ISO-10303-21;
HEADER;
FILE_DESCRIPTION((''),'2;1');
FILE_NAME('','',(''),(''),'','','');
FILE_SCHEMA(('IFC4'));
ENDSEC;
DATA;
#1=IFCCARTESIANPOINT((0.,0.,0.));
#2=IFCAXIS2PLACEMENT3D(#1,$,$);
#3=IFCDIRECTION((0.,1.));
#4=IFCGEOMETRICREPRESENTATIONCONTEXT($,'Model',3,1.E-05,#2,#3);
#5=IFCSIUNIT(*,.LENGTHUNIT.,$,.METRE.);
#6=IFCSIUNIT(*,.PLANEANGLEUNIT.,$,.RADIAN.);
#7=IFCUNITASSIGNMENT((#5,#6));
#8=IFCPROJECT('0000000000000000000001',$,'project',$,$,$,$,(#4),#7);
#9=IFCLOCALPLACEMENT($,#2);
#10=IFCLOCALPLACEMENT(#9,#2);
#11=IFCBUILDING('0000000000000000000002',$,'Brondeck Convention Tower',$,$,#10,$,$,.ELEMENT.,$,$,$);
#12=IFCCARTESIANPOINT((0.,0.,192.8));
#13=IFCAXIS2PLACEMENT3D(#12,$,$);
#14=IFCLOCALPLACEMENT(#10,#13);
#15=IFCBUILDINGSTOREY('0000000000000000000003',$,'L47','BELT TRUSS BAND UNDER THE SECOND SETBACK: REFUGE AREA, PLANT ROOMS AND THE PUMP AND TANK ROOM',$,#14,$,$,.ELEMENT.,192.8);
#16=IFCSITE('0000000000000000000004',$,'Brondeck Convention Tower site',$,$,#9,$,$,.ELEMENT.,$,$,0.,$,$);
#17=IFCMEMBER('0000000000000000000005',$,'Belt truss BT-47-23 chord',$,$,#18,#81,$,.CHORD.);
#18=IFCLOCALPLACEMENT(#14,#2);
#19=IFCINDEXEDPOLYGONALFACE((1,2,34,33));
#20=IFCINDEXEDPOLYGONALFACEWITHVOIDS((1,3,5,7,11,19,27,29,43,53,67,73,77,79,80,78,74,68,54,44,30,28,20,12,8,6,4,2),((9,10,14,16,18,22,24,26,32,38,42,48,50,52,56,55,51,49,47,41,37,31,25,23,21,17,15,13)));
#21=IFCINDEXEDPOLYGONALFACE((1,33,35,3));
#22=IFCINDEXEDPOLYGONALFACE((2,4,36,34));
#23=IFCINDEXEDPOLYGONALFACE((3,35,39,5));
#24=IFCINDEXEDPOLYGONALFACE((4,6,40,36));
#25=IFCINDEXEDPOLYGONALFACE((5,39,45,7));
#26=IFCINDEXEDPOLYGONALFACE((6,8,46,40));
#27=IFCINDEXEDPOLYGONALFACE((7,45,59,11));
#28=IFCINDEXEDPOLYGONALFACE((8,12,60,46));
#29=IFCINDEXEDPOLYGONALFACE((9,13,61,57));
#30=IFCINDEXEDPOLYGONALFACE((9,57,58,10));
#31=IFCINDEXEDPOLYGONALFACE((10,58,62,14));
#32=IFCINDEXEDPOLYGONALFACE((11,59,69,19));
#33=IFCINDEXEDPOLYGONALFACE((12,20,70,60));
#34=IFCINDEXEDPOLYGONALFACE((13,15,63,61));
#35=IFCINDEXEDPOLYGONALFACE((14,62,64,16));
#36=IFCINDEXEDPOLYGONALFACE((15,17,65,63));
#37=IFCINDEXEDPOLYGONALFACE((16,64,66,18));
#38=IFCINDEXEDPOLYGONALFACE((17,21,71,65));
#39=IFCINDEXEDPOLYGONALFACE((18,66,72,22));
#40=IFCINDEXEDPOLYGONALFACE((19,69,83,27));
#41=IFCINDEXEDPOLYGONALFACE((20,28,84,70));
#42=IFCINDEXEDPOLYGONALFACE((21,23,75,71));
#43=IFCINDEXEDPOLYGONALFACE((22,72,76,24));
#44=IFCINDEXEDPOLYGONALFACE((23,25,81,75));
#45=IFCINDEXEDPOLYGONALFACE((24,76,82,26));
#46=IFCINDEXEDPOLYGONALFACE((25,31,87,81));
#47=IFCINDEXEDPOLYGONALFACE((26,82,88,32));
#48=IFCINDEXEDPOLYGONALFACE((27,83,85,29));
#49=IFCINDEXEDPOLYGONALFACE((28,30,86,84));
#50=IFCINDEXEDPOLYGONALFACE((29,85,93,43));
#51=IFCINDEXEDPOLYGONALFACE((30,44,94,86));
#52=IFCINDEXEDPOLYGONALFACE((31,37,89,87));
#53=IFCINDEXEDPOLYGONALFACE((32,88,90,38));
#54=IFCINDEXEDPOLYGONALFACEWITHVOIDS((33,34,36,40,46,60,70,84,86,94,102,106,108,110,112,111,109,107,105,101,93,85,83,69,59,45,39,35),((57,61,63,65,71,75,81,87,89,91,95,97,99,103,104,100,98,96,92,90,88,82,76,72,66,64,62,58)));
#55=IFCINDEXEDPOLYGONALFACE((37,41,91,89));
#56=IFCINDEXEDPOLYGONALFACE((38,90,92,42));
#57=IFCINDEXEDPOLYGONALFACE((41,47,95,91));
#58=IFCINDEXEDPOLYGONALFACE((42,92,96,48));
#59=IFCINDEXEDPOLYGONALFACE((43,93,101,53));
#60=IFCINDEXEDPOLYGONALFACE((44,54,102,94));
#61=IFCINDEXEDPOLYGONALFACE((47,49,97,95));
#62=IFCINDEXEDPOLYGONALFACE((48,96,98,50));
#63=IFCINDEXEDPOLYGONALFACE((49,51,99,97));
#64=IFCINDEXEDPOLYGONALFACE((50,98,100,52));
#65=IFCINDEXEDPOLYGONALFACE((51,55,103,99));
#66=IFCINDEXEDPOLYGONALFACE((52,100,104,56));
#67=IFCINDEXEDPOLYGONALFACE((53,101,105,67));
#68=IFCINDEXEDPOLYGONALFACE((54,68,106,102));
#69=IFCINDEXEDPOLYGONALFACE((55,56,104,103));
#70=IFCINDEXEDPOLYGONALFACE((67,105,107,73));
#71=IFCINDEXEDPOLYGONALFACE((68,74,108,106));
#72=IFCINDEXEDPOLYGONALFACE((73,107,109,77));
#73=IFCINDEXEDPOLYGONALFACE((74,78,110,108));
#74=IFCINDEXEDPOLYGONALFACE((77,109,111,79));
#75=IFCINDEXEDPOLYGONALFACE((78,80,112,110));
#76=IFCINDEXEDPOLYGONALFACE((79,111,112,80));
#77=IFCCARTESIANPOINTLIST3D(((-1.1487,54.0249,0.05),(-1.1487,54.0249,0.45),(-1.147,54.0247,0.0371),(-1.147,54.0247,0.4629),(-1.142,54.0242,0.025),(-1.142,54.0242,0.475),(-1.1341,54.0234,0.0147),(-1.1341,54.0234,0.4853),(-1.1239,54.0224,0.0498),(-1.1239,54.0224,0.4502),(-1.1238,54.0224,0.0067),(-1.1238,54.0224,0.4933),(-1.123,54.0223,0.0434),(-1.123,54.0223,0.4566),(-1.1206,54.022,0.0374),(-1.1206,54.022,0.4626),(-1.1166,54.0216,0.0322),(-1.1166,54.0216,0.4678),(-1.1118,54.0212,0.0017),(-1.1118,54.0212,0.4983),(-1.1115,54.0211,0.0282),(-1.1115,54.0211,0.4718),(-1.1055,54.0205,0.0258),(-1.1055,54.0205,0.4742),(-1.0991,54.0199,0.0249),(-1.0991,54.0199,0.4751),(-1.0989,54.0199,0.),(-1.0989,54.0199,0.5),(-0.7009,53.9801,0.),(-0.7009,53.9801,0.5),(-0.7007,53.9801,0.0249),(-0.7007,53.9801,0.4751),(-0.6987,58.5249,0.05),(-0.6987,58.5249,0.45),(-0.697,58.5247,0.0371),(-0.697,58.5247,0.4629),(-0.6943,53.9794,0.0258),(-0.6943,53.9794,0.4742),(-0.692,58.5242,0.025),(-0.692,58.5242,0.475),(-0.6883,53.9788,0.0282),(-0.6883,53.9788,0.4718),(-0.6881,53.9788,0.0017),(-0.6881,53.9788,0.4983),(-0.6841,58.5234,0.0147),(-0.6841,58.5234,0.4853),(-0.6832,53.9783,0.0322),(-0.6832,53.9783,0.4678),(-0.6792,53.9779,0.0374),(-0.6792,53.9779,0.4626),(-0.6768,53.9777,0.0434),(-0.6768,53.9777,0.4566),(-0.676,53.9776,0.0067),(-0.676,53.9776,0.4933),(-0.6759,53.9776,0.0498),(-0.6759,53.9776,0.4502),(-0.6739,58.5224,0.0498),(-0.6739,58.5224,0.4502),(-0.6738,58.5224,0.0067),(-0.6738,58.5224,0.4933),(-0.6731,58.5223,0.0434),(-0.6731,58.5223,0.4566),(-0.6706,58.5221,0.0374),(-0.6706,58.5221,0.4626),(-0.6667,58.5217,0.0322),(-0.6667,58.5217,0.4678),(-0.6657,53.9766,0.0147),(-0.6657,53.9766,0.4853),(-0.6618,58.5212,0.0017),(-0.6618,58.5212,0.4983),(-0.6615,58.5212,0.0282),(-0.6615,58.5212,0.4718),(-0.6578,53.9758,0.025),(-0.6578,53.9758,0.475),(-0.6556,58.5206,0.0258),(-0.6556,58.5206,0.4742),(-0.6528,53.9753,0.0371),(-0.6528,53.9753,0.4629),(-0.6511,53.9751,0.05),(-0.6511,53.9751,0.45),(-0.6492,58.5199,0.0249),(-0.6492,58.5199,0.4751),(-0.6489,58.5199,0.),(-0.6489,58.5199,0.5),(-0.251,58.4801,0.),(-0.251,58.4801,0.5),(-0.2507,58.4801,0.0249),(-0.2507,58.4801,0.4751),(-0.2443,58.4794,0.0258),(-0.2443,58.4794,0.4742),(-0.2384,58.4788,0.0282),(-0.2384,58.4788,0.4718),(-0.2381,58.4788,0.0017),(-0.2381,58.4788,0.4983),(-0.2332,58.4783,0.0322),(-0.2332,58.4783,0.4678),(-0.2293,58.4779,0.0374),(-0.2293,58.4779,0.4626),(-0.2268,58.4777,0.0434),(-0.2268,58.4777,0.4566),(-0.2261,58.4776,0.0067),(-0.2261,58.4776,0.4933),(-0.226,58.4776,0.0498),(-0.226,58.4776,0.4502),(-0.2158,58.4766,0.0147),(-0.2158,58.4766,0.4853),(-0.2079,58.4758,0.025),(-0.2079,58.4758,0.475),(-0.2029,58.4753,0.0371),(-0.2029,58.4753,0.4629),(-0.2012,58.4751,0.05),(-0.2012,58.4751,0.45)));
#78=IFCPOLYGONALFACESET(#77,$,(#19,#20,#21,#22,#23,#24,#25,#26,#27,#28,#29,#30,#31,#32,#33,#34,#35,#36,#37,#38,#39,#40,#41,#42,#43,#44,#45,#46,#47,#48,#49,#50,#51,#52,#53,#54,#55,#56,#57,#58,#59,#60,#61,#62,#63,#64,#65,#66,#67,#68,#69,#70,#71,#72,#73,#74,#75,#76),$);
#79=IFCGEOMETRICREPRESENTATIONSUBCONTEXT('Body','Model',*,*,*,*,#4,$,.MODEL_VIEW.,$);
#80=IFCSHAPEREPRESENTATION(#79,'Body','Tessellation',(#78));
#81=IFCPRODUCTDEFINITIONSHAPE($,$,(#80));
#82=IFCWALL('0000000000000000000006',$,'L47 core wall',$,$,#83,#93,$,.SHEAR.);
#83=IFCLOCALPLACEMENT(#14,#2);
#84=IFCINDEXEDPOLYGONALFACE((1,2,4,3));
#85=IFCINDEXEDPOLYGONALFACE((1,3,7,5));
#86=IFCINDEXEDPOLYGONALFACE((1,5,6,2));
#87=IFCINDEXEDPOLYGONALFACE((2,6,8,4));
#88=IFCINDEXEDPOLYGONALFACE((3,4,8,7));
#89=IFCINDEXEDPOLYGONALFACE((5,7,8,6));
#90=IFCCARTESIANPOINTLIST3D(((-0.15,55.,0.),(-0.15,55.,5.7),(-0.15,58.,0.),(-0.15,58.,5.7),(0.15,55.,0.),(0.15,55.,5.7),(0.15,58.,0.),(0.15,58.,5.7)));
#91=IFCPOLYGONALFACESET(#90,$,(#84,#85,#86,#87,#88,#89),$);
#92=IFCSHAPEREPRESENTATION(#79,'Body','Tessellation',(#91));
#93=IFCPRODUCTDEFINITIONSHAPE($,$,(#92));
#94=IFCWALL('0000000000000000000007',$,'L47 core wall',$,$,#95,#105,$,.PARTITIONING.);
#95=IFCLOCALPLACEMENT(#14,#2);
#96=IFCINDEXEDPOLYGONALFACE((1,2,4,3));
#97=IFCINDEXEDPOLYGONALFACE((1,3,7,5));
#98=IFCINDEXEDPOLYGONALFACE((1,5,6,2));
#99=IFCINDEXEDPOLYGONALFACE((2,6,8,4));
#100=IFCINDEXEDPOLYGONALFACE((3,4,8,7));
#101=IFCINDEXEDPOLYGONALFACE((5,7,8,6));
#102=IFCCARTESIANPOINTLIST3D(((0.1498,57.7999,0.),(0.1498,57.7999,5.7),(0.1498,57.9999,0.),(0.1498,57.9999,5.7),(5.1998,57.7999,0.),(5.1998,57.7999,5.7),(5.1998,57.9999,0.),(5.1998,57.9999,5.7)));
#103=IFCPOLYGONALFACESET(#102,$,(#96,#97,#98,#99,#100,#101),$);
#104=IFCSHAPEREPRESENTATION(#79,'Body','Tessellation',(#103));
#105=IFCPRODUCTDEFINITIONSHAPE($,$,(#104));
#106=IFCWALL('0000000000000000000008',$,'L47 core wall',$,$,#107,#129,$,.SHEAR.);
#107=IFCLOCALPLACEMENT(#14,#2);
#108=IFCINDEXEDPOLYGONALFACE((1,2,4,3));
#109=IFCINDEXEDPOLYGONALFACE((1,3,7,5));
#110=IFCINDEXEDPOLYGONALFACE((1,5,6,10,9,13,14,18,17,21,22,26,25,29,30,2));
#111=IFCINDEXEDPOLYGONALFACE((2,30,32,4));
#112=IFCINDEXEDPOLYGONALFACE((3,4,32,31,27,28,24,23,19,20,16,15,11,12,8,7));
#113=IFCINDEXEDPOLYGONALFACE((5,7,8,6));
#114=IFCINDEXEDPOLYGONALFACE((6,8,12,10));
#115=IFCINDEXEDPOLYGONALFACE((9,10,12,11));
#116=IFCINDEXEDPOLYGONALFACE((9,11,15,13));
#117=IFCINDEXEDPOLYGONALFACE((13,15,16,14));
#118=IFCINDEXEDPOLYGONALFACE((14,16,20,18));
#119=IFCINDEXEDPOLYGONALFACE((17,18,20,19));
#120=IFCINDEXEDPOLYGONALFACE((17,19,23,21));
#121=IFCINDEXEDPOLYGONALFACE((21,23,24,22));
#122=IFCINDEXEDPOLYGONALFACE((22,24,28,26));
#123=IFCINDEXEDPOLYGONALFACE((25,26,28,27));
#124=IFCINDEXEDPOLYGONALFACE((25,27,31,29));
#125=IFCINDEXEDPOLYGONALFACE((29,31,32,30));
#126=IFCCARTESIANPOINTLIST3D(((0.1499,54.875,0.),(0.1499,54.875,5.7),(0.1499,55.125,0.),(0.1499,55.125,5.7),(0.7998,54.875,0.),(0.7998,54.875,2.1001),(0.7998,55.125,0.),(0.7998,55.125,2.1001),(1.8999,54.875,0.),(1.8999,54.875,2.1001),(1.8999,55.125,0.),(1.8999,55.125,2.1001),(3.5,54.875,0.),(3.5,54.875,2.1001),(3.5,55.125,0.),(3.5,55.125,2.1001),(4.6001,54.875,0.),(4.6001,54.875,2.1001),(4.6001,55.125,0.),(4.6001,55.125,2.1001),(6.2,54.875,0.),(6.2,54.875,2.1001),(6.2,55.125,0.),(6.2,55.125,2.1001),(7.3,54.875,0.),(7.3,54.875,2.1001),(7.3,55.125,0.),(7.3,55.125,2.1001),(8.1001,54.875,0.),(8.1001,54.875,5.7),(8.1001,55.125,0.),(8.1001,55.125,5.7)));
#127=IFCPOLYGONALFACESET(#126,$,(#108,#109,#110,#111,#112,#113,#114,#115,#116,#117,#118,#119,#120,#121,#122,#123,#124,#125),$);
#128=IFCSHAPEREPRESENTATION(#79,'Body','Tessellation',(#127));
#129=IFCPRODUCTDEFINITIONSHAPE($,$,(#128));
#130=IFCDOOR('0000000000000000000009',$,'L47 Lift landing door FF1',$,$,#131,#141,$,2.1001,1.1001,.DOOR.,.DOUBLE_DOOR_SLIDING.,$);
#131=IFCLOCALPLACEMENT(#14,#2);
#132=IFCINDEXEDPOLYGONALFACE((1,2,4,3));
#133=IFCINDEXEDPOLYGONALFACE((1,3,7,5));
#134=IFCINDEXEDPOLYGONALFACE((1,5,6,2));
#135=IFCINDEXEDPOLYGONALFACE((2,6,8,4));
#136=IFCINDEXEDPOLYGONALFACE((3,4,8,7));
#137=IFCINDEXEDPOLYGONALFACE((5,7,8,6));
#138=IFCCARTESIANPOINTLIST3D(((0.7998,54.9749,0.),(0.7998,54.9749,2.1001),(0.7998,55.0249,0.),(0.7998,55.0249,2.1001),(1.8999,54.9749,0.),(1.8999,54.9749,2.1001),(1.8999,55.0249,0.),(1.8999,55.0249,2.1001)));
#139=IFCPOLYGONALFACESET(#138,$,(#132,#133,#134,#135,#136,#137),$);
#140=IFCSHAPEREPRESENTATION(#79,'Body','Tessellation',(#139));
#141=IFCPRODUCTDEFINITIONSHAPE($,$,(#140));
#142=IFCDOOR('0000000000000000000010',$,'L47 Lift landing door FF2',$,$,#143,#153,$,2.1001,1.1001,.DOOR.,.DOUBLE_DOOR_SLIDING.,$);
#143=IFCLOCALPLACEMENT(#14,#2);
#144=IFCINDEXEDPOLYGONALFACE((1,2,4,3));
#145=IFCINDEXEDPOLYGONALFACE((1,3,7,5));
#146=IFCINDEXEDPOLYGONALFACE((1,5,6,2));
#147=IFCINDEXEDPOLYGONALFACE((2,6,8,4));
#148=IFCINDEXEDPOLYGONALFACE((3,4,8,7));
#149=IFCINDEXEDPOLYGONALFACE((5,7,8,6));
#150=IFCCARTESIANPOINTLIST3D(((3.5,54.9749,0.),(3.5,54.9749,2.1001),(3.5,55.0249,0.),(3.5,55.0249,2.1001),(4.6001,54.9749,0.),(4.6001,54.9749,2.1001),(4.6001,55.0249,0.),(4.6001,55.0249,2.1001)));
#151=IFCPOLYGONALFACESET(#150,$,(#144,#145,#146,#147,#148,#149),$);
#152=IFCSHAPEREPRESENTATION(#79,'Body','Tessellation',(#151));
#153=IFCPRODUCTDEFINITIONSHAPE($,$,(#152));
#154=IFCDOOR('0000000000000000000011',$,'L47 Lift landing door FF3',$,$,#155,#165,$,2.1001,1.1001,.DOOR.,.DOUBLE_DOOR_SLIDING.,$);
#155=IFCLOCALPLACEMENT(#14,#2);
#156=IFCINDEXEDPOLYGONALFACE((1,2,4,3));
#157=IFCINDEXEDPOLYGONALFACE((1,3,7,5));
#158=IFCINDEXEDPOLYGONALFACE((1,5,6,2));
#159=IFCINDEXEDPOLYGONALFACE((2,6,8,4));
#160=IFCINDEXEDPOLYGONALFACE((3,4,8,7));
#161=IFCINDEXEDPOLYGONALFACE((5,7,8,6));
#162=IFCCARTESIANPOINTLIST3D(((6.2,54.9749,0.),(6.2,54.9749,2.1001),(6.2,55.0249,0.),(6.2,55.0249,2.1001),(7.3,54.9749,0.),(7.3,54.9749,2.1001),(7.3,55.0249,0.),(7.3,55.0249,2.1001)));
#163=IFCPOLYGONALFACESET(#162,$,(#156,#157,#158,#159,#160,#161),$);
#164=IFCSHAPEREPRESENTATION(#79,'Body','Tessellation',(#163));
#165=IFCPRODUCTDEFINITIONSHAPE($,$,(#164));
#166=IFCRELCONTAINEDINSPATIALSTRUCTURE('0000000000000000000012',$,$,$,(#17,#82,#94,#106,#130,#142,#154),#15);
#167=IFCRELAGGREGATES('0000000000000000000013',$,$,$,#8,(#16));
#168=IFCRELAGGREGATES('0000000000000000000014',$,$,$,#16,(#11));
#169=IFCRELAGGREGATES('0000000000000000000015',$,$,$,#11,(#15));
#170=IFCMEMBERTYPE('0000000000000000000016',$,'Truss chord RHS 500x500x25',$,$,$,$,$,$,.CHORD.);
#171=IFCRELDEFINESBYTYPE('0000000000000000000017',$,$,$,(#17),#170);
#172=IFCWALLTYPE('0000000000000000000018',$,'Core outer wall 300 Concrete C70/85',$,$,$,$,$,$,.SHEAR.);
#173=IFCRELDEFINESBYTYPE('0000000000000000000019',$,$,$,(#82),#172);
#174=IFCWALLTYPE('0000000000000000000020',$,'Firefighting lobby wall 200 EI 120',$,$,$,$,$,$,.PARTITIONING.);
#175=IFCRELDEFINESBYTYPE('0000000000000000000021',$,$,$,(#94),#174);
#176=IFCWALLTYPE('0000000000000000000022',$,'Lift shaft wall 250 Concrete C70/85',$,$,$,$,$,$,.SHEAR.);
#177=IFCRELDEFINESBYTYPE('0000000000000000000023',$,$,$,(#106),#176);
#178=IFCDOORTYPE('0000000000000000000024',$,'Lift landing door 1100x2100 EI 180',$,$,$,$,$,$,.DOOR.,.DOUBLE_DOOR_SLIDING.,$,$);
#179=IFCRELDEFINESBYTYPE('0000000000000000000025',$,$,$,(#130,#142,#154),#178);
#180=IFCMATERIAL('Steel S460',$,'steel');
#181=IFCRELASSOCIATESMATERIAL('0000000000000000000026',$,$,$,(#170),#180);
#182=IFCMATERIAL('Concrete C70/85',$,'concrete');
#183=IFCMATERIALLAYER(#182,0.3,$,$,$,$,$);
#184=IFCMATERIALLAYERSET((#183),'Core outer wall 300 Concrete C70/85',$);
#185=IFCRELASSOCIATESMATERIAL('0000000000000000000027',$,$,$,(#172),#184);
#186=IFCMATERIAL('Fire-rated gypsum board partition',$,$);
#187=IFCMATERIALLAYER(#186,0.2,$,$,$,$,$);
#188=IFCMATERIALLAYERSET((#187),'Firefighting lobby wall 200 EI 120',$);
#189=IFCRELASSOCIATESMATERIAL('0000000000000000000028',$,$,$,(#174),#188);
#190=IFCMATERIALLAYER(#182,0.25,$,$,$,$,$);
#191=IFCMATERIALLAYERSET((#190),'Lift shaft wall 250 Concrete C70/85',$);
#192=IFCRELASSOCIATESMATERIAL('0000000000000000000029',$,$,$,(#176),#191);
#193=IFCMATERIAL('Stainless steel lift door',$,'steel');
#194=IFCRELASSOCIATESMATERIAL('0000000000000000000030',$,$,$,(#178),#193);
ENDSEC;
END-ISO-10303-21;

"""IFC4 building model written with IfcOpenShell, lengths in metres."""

from ifc_helpers import new_model, si_unit, direction, frame, frame_2d, origin, origin_2d, place, context, subcontext, project, spatial, rectangle, hollow_rectangle, extrude, material, layer, layer_set, material_profile, profile_set, type_object, element, fill, save


model = new_model("IFC4")

# Units and contexts
model_context = context("Model", 3, precision=1e-05, world=origin(), true_north=direction((0.0, 1.0)))
body_context = subcontext(model_context, "Body", "Model", "MODEL_VIEW")
ifc_project = project(units=[si_unit("LENGTHUNIT", "METRE"), si_unit("PLANEANGLEUNIT", "RADIAN")], contexts=[model_context])

# Site, building, storey
site_placement = place(None, origin())
site = spatial("IfcSite", under=ifc_project, at=site_placement, Name="Brondeck Convention Tower site", CompositionType="ELEMENT", RefElevation=0.0)
building_placement = place(site_placement, origin())
building = spatial("IfcBuilding", under=site, at=building_placement, Name="Brondeck Convention Tower", CompositionType="ELEMENT")
storey_placement = place(building_placement, frame((0.0, 0.0, 192.8)))
storey = spatial("IfcBuildingStorey", under=building, at=storey_placement, Name="L47", Description="BELT TRUSS BAND UNDER THE SECOND SETBACK: REFUGE AREA, PLANT ROOMS AND THE PUMP AND TANK ROOM", CompositionType="ELEMENT", Elevation=192.8)

# Shared definitions
ifc_material_1 = material(Name="Concrete C70/85", Category="concrete")

# Shared definitions
ifc_material_2 = material(Name="Steel S460", Category="steel")

# Member
ifc_material_profile_1 = material_profile(ifc_material_2, hollow_rectangle(XDim=0.5, YDim=0.5, WallThickness=0.0249, InnerFilletRadius=0.0249, OuterFilletRadius=0.05, at=origin_2d()), Name="RHS 500x500x25")
ifc_profile_set_1 = profile_set([ifc_material_profile_1], Name="Steel S460")
member_type_1 = type_object("IfcMemberType", Name="Truss chord RHS 500x500x25", PredefinedType="CHORD", material=ifc_profile_set_1)
member_1_placement = place(storey_placement, frame((-0.45, 58.5, 0.25), z_axis=(-0.099493, -0.995038, 0.0), x_axis=(0.995038, -0.099493, 0.0)))
element("IfcMember", 1, at=member_1_placement, inside=storey, type_object=member_type_1, Name="Belt truss BT-47-23 chord", PredefinedType="CHORD", context=body_context, shape_type="SweptSolid", body=[
    extrude(hollow_rectangle(XDim=0.5, YDim=0.5, WallThickness=0.0249, InnerFilletRadius=0.0249, OuterFilletRadius=0.05, at=origin_2d()), origin(), (0.0, 0.0, 1.0), 4.5225),
])

# Walls
ifc_layer_1 = layer(ifc_material_1, 0.3)
ifc_layer_set_1 = layer_set([ifc_layer_1], Name="Core outer wall 300 Concrete C70/85")
wall_type_1 = type_object("IfcWallType", Name="Core outer wall 300 Concrete C70/85", PredefinedType="SHEAR", material=ifc_layer_set_1)
wall_1_placement = place(storey_placement, frame((0.0, 55.0, 0.0), z_axis=(0.0, 0.0, 1.0), x_axis=(0.0, 1.0, 0.0)))
element("IfcWall", 2, at=wall_1_placement, inside=storey, type_object=wall_type_1, Name="L47 core wall", PredefinedType="SHEAR", context=body_context, shape_type="SweptSolid", body=[
    extrude(rectangle(XDim=3.0, YDim=0.3, at=frame_2d((1.5, 0.0))), origin(), (0.0, 0.0, 1.0), 5.7),
])
ifc_material_3 = material(Name="Fire-rated gypsum board partition")
ifc_layer_2 = layer(ifc_material_3, 0.2)
ifc_layer_set_2 = layer_set([ifc_layer_2], Name="Firefighting lobby wall 200 EI 120")
wall_type_2 = type_object("IfcWallType", Name="Firefighting lobby wall 200 EI 120", PredefinedType="PARTITIONING", material=ifc_layer_set_2)
wall_2_placement = place(storey_placement, frame((0.1499, 57.8999, 0.0), z_axis=(0.0, 0.0, 1.0), x_axis=(1.0, 0.0, 0.0)))
element("IfcWall", 3, at=wall_2_placement, inside=storey, type_object=wall_type_2, Name="L47 core wall", PredefinedType="PARTITIONING", context=body_context, shape_type="SweptSolid", body=[
    extrude(rectangle(XDim=5.05, YDim=0.2, at=frame_2d((2.5249, 0.0))), origin(), (0.0, 0.0, 1.0), 5.7),
])

# Wall, openings, doors
ifc_layer_3 = layer(ifc_material_1, 0.25)
ifc_layer_set_3 = layer_set([ifc_layer_3], Name="Lift shaft wall 250 Concrete C70/85")
wall_type_3 = type_object("IfcWallType", Name="Lift shaft wall 250 Concrete C70/85", PredefinedType="SHEAR", material=ifc_layer_set_3)
wall_3_placement = place(storey_placement, frame((0.1499, 55.0, 0.0), z_axis=(0.0, 0.0, 1.0), x_axis=(1.0, 0.0, 0.0)))
wall_3 = element("IfcWall", 4, at=wall_3_placement, inside=storey, type_object=wall_type_3, Name="L47 core wall", PredefinedType="SHEAR", context=body_context, shape_type="SweptSolid", body=[
    extrude(rectangle(XDim=7.9502, YDim=0.25, at=frame_2d((3.9751, 0.0))), origin(), (0.0, 0.0, 1.0), 5.7),
])
opening_1_placement = place(wall_3_placement, frame((0.6499, 0.0, 0.0)))
opening_1 = element("IfcOpeningElement", 5, at=opening_1_placement, cuts=wall_3, PredefinedType="OPENING", context=body_context, shape_type="SweptSolid", body=[
    extrude(rectangle(XDim=1.1001, YDim=2.1001, at=frame_2d((0.55, 1.05))), frame((0.0, 0.135, 0.0), z_axis=(0.0, -1.0, 0.0), x_axis=(1.0, 0.0, 0.0)), (0.0, 0.0, 1.0), 0.27),
])
opening_2_placement = place(wall_3_placement, frame((3.3501, 0.0, 0.0)))
opening_2 = element("IfcOpeningElement", 6, at=opening_2_placement, cuts=wall_3, PredefinedType="OPENING", context=body_context, shape_type="SweptSolid", body=[
    extrude(rectangle(XDim=1.1001, YDim=2.1001, at=frame_2d((0.55, 1.05))), frame((0.0, 0.135, 0.0), z_axis=(0.0, -1.0, 0.0), x_axis=(1.0, 0.0, 0.0)), (0.0, 0.0, 1.0), 0.27),
])
opening_3_placement = place(wall_3_placement, frame((6.05, 0.0, 0.0)))
opening_3 = element("IfcOpeningElement", 7, at=opening_3_placement, cuts=wall_3, PredefinedType="OPENING", context=body_context, shape_type="SweptSolid", body=[
    extrude(rectangle(XDim=1.1001, YDim=2.1001, at=frame_2d((0.55, 1.05))), frame((0.0, 0.135, 0.0), z_axis=(0.0, -1.0, 0.0), x_axis=(1.0, 0.0, 0.0)), (0.0, 0.0, 1.0), 0.27),
])
ifc_material_4 = material(Name="Stainless steel lift door", Category="steel")
door_type_1 = type_object("IfcDoorType", Name="Lift landing door 1100x2100 EI 180", OperationType="DOUBLE_DOOR_SLIDING", PredefinedType="DOOR", material=ifc_material_4)
door_1_placement = place(opening_1_placement, origin())
door_1 = element("IfcDoor", 8, at=door_1_placement, inside=storey, type_object=door_type_1, Name="L47 Lift landing door FF1", OperationType="DOUBLE_DOOR_SLIDING", OverallHeight=2.1001, OverallWidth=1.1001, PredefinedType="DOOR", context=body_context, shape_type="SweptSolid", body=[
    extrude(rectangle(XDim=1.1001, YDim=2.1001, at=frame_2d((0.55, 1.05))), frame((0.0, 0.0249, 0.0), z_axis=(0.0, -1.0, 0.0), x_axis=(1.0, 0.0, 0.0)), (0.0, 0.0, 1.0), 0.05),
])
fill(opening_1, door_1)
door_2_placement = place(opening_2_placement, origin())
door_2 = element("IfcDoor", 9, at=door_2_placement, inside=storey, type_object=door_type_1, Name="L47 Lift landing door FF2", OperationType="DOUBLE_DOOR_SLIDING", OverallHeight=2.1001, OverallWidth=1.1001, PredefinedType="DOOR", context=body_context, shape_type="SweptSolid", body=[
    extrude(rectangle(XDim=1.1001, YDim=2.1001, at=frame_2d((0.55, 1.05))), frame((0.0, 0.0249, 0.0), z_axis=(0.0, -1.0, 0.0), x_axis=(1.0, 0.0, 0.0)), (0.0, 0.0, 1.0), 0.05),
])
fill(opening_2, door_2)
door_3_placement = place(opening_3_placement, origin())
door_3 = element("IfcDoor", 10, at=door_3_placement, inside=storey, type_object=door_type_1, Name="L47 Lift landing door FF3", OperationType="DOUBLE_DOOR_SLIDING", OverallHeight=2.1001, OverallWidth=1.1001, PredefinedType="DOOR", context=body_context, shape_type="SweptSolid", body=[
    extrude(rectangle(XDim=1.1001, YDim=2.1001, at=frame_2d((0.55, 1.05))), frame((0.0, 0.0249, 0.0), z_axis=(0.0, -1.0, 0.0), x_axis=(1.0, 0.0, 0.0)), (0.0, 0.0, 1.0), 0.05),
])
fill(opening_3, door_3)

save(model, "model.ifc")
